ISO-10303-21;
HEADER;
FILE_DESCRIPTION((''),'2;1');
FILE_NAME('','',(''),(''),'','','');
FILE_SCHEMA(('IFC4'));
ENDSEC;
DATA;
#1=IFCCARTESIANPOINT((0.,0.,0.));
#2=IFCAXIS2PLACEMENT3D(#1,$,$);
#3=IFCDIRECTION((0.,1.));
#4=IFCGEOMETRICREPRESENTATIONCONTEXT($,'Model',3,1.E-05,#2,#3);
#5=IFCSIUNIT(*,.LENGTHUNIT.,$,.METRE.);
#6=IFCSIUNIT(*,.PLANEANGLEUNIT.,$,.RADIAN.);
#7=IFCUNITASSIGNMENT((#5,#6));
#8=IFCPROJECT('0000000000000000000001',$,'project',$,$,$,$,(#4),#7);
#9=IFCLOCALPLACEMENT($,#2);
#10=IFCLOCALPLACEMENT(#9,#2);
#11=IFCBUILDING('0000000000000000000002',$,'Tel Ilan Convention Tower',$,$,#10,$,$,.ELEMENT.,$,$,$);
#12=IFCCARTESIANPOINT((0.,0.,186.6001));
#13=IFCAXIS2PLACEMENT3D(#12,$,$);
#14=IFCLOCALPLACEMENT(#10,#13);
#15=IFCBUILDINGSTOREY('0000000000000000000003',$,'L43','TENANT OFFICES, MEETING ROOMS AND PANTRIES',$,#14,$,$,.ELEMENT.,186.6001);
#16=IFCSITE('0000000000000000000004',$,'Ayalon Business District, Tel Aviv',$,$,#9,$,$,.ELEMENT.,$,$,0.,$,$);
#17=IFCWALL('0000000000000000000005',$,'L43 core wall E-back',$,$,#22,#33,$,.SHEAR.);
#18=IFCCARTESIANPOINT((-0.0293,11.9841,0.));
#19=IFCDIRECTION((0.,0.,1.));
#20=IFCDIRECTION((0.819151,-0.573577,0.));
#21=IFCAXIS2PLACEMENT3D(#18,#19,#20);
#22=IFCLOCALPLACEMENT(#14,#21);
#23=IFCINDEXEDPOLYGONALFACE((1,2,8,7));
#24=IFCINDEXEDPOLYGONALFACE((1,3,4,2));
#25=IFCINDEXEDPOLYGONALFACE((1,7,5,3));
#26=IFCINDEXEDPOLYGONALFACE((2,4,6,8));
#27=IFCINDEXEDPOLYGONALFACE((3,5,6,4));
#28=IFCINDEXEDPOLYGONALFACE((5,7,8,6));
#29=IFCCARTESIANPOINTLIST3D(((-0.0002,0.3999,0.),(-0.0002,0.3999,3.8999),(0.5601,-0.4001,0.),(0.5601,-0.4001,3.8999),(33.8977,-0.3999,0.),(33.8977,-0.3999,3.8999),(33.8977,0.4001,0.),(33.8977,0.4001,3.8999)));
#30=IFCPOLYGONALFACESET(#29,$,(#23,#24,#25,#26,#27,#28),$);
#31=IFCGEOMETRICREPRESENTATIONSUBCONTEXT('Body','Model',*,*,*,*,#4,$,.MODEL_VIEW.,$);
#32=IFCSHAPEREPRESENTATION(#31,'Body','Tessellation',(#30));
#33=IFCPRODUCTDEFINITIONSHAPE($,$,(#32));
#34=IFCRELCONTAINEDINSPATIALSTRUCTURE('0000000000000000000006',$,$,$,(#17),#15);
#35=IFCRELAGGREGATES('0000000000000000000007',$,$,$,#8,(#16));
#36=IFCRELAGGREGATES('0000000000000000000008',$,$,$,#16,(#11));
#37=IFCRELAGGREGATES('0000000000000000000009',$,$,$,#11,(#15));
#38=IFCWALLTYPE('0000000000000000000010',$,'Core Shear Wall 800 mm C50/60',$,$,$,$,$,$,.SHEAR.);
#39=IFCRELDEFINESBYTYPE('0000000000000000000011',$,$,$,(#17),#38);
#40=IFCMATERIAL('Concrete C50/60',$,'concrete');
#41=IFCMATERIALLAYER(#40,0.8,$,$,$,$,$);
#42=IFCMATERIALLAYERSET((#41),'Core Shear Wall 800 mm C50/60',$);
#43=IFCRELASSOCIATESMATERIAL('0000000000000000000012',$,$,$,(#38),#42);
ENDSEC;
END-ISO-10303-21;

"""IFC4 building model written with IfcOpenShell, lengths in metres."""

from ifc_helpers import new_model, si_unit, direction, frame, origin, place, context, subcontext, project, spatial, polyline, outline, extrude, material, layer, layer_set, type_object, element, save


model = new_model("IFC4")

# Units and contexts
model_context = context("Model", 3, precision=1e-05, world=origin(), true_north=direction((0.0, 1.0)))
body_context = subcontext(model_context, "Body", "Model", "MODEL_VIEW")
ifc_project = project(units=[si_unit("LENGTHUNIT", "METRE"), si_unit("PLANEANGLEUNIT", "RADIAN")], contexts=[model_context])

# Site, building, storey
site_placement = place(None, origin())
site = spatial("IfcSite", under=ifc_project, at=site_placement, Name="Ayalon Business District, Tel Aviv", CompositionType="ELEMENT", RefElevation=0.0)
building_placement = place(site_placement, origin())
building = spatial("IfcBuilding", under=site, at=building_placement, Name="Tel Ilan Convention Tower", CompositionType="ELEMENT")
storey_placement = place(building_placement, frame((0.0, 0.0, 186.6001)))
storey = spatial("IfcBuildingStorey", under=building, at=storey_placement, Name="L43", Description="TENANT OFFICES, MEETING ROOMS AND PANTRIES", CompositionType="ELEMENT", Elevation=186.6001)

# Wall
ifc_material_1 = material(Name="Concrete C50/60", Category="concrete")
ifc_layer_1 = layer(ifc_material_1, 0.8)
ifc_layer_set_1 = layer_set([ifc_layer_1], Name="Core Shear Wall 800 mm C50/60")
wall_type_1 = type_object("IfcWallType", Name="Core Shear Wall 800 mm C50/60", PredefinedType="SHEAR", material=ifc_layer_set_1)
wall_1_placement = place(storey_placement, frame((-0.0293, 11.9841, 0.0), z_axis=(0.0, 0.0, 1.0), x_axis=(0.819151, -0.573577, 0.0)))
element("IfcWall", 1, at=wall_1_placement, inside=storey, type_object=wall_type_1, Name="L43 core wall E-back", PredefinedType="SHEAR", context=body_context, shape_type="SweptSolid", body=[
    extrude(outline(polyline([(33.8977, 0.4001), (-0.0002, 0.3999), (0.5601, -0.4001), (33.8977, -0.3999), (33.8977, 0.4001)])), origin(), (0.0, 0.0, 1.0), 3.8999),
])

save(model, "model.ifc")
